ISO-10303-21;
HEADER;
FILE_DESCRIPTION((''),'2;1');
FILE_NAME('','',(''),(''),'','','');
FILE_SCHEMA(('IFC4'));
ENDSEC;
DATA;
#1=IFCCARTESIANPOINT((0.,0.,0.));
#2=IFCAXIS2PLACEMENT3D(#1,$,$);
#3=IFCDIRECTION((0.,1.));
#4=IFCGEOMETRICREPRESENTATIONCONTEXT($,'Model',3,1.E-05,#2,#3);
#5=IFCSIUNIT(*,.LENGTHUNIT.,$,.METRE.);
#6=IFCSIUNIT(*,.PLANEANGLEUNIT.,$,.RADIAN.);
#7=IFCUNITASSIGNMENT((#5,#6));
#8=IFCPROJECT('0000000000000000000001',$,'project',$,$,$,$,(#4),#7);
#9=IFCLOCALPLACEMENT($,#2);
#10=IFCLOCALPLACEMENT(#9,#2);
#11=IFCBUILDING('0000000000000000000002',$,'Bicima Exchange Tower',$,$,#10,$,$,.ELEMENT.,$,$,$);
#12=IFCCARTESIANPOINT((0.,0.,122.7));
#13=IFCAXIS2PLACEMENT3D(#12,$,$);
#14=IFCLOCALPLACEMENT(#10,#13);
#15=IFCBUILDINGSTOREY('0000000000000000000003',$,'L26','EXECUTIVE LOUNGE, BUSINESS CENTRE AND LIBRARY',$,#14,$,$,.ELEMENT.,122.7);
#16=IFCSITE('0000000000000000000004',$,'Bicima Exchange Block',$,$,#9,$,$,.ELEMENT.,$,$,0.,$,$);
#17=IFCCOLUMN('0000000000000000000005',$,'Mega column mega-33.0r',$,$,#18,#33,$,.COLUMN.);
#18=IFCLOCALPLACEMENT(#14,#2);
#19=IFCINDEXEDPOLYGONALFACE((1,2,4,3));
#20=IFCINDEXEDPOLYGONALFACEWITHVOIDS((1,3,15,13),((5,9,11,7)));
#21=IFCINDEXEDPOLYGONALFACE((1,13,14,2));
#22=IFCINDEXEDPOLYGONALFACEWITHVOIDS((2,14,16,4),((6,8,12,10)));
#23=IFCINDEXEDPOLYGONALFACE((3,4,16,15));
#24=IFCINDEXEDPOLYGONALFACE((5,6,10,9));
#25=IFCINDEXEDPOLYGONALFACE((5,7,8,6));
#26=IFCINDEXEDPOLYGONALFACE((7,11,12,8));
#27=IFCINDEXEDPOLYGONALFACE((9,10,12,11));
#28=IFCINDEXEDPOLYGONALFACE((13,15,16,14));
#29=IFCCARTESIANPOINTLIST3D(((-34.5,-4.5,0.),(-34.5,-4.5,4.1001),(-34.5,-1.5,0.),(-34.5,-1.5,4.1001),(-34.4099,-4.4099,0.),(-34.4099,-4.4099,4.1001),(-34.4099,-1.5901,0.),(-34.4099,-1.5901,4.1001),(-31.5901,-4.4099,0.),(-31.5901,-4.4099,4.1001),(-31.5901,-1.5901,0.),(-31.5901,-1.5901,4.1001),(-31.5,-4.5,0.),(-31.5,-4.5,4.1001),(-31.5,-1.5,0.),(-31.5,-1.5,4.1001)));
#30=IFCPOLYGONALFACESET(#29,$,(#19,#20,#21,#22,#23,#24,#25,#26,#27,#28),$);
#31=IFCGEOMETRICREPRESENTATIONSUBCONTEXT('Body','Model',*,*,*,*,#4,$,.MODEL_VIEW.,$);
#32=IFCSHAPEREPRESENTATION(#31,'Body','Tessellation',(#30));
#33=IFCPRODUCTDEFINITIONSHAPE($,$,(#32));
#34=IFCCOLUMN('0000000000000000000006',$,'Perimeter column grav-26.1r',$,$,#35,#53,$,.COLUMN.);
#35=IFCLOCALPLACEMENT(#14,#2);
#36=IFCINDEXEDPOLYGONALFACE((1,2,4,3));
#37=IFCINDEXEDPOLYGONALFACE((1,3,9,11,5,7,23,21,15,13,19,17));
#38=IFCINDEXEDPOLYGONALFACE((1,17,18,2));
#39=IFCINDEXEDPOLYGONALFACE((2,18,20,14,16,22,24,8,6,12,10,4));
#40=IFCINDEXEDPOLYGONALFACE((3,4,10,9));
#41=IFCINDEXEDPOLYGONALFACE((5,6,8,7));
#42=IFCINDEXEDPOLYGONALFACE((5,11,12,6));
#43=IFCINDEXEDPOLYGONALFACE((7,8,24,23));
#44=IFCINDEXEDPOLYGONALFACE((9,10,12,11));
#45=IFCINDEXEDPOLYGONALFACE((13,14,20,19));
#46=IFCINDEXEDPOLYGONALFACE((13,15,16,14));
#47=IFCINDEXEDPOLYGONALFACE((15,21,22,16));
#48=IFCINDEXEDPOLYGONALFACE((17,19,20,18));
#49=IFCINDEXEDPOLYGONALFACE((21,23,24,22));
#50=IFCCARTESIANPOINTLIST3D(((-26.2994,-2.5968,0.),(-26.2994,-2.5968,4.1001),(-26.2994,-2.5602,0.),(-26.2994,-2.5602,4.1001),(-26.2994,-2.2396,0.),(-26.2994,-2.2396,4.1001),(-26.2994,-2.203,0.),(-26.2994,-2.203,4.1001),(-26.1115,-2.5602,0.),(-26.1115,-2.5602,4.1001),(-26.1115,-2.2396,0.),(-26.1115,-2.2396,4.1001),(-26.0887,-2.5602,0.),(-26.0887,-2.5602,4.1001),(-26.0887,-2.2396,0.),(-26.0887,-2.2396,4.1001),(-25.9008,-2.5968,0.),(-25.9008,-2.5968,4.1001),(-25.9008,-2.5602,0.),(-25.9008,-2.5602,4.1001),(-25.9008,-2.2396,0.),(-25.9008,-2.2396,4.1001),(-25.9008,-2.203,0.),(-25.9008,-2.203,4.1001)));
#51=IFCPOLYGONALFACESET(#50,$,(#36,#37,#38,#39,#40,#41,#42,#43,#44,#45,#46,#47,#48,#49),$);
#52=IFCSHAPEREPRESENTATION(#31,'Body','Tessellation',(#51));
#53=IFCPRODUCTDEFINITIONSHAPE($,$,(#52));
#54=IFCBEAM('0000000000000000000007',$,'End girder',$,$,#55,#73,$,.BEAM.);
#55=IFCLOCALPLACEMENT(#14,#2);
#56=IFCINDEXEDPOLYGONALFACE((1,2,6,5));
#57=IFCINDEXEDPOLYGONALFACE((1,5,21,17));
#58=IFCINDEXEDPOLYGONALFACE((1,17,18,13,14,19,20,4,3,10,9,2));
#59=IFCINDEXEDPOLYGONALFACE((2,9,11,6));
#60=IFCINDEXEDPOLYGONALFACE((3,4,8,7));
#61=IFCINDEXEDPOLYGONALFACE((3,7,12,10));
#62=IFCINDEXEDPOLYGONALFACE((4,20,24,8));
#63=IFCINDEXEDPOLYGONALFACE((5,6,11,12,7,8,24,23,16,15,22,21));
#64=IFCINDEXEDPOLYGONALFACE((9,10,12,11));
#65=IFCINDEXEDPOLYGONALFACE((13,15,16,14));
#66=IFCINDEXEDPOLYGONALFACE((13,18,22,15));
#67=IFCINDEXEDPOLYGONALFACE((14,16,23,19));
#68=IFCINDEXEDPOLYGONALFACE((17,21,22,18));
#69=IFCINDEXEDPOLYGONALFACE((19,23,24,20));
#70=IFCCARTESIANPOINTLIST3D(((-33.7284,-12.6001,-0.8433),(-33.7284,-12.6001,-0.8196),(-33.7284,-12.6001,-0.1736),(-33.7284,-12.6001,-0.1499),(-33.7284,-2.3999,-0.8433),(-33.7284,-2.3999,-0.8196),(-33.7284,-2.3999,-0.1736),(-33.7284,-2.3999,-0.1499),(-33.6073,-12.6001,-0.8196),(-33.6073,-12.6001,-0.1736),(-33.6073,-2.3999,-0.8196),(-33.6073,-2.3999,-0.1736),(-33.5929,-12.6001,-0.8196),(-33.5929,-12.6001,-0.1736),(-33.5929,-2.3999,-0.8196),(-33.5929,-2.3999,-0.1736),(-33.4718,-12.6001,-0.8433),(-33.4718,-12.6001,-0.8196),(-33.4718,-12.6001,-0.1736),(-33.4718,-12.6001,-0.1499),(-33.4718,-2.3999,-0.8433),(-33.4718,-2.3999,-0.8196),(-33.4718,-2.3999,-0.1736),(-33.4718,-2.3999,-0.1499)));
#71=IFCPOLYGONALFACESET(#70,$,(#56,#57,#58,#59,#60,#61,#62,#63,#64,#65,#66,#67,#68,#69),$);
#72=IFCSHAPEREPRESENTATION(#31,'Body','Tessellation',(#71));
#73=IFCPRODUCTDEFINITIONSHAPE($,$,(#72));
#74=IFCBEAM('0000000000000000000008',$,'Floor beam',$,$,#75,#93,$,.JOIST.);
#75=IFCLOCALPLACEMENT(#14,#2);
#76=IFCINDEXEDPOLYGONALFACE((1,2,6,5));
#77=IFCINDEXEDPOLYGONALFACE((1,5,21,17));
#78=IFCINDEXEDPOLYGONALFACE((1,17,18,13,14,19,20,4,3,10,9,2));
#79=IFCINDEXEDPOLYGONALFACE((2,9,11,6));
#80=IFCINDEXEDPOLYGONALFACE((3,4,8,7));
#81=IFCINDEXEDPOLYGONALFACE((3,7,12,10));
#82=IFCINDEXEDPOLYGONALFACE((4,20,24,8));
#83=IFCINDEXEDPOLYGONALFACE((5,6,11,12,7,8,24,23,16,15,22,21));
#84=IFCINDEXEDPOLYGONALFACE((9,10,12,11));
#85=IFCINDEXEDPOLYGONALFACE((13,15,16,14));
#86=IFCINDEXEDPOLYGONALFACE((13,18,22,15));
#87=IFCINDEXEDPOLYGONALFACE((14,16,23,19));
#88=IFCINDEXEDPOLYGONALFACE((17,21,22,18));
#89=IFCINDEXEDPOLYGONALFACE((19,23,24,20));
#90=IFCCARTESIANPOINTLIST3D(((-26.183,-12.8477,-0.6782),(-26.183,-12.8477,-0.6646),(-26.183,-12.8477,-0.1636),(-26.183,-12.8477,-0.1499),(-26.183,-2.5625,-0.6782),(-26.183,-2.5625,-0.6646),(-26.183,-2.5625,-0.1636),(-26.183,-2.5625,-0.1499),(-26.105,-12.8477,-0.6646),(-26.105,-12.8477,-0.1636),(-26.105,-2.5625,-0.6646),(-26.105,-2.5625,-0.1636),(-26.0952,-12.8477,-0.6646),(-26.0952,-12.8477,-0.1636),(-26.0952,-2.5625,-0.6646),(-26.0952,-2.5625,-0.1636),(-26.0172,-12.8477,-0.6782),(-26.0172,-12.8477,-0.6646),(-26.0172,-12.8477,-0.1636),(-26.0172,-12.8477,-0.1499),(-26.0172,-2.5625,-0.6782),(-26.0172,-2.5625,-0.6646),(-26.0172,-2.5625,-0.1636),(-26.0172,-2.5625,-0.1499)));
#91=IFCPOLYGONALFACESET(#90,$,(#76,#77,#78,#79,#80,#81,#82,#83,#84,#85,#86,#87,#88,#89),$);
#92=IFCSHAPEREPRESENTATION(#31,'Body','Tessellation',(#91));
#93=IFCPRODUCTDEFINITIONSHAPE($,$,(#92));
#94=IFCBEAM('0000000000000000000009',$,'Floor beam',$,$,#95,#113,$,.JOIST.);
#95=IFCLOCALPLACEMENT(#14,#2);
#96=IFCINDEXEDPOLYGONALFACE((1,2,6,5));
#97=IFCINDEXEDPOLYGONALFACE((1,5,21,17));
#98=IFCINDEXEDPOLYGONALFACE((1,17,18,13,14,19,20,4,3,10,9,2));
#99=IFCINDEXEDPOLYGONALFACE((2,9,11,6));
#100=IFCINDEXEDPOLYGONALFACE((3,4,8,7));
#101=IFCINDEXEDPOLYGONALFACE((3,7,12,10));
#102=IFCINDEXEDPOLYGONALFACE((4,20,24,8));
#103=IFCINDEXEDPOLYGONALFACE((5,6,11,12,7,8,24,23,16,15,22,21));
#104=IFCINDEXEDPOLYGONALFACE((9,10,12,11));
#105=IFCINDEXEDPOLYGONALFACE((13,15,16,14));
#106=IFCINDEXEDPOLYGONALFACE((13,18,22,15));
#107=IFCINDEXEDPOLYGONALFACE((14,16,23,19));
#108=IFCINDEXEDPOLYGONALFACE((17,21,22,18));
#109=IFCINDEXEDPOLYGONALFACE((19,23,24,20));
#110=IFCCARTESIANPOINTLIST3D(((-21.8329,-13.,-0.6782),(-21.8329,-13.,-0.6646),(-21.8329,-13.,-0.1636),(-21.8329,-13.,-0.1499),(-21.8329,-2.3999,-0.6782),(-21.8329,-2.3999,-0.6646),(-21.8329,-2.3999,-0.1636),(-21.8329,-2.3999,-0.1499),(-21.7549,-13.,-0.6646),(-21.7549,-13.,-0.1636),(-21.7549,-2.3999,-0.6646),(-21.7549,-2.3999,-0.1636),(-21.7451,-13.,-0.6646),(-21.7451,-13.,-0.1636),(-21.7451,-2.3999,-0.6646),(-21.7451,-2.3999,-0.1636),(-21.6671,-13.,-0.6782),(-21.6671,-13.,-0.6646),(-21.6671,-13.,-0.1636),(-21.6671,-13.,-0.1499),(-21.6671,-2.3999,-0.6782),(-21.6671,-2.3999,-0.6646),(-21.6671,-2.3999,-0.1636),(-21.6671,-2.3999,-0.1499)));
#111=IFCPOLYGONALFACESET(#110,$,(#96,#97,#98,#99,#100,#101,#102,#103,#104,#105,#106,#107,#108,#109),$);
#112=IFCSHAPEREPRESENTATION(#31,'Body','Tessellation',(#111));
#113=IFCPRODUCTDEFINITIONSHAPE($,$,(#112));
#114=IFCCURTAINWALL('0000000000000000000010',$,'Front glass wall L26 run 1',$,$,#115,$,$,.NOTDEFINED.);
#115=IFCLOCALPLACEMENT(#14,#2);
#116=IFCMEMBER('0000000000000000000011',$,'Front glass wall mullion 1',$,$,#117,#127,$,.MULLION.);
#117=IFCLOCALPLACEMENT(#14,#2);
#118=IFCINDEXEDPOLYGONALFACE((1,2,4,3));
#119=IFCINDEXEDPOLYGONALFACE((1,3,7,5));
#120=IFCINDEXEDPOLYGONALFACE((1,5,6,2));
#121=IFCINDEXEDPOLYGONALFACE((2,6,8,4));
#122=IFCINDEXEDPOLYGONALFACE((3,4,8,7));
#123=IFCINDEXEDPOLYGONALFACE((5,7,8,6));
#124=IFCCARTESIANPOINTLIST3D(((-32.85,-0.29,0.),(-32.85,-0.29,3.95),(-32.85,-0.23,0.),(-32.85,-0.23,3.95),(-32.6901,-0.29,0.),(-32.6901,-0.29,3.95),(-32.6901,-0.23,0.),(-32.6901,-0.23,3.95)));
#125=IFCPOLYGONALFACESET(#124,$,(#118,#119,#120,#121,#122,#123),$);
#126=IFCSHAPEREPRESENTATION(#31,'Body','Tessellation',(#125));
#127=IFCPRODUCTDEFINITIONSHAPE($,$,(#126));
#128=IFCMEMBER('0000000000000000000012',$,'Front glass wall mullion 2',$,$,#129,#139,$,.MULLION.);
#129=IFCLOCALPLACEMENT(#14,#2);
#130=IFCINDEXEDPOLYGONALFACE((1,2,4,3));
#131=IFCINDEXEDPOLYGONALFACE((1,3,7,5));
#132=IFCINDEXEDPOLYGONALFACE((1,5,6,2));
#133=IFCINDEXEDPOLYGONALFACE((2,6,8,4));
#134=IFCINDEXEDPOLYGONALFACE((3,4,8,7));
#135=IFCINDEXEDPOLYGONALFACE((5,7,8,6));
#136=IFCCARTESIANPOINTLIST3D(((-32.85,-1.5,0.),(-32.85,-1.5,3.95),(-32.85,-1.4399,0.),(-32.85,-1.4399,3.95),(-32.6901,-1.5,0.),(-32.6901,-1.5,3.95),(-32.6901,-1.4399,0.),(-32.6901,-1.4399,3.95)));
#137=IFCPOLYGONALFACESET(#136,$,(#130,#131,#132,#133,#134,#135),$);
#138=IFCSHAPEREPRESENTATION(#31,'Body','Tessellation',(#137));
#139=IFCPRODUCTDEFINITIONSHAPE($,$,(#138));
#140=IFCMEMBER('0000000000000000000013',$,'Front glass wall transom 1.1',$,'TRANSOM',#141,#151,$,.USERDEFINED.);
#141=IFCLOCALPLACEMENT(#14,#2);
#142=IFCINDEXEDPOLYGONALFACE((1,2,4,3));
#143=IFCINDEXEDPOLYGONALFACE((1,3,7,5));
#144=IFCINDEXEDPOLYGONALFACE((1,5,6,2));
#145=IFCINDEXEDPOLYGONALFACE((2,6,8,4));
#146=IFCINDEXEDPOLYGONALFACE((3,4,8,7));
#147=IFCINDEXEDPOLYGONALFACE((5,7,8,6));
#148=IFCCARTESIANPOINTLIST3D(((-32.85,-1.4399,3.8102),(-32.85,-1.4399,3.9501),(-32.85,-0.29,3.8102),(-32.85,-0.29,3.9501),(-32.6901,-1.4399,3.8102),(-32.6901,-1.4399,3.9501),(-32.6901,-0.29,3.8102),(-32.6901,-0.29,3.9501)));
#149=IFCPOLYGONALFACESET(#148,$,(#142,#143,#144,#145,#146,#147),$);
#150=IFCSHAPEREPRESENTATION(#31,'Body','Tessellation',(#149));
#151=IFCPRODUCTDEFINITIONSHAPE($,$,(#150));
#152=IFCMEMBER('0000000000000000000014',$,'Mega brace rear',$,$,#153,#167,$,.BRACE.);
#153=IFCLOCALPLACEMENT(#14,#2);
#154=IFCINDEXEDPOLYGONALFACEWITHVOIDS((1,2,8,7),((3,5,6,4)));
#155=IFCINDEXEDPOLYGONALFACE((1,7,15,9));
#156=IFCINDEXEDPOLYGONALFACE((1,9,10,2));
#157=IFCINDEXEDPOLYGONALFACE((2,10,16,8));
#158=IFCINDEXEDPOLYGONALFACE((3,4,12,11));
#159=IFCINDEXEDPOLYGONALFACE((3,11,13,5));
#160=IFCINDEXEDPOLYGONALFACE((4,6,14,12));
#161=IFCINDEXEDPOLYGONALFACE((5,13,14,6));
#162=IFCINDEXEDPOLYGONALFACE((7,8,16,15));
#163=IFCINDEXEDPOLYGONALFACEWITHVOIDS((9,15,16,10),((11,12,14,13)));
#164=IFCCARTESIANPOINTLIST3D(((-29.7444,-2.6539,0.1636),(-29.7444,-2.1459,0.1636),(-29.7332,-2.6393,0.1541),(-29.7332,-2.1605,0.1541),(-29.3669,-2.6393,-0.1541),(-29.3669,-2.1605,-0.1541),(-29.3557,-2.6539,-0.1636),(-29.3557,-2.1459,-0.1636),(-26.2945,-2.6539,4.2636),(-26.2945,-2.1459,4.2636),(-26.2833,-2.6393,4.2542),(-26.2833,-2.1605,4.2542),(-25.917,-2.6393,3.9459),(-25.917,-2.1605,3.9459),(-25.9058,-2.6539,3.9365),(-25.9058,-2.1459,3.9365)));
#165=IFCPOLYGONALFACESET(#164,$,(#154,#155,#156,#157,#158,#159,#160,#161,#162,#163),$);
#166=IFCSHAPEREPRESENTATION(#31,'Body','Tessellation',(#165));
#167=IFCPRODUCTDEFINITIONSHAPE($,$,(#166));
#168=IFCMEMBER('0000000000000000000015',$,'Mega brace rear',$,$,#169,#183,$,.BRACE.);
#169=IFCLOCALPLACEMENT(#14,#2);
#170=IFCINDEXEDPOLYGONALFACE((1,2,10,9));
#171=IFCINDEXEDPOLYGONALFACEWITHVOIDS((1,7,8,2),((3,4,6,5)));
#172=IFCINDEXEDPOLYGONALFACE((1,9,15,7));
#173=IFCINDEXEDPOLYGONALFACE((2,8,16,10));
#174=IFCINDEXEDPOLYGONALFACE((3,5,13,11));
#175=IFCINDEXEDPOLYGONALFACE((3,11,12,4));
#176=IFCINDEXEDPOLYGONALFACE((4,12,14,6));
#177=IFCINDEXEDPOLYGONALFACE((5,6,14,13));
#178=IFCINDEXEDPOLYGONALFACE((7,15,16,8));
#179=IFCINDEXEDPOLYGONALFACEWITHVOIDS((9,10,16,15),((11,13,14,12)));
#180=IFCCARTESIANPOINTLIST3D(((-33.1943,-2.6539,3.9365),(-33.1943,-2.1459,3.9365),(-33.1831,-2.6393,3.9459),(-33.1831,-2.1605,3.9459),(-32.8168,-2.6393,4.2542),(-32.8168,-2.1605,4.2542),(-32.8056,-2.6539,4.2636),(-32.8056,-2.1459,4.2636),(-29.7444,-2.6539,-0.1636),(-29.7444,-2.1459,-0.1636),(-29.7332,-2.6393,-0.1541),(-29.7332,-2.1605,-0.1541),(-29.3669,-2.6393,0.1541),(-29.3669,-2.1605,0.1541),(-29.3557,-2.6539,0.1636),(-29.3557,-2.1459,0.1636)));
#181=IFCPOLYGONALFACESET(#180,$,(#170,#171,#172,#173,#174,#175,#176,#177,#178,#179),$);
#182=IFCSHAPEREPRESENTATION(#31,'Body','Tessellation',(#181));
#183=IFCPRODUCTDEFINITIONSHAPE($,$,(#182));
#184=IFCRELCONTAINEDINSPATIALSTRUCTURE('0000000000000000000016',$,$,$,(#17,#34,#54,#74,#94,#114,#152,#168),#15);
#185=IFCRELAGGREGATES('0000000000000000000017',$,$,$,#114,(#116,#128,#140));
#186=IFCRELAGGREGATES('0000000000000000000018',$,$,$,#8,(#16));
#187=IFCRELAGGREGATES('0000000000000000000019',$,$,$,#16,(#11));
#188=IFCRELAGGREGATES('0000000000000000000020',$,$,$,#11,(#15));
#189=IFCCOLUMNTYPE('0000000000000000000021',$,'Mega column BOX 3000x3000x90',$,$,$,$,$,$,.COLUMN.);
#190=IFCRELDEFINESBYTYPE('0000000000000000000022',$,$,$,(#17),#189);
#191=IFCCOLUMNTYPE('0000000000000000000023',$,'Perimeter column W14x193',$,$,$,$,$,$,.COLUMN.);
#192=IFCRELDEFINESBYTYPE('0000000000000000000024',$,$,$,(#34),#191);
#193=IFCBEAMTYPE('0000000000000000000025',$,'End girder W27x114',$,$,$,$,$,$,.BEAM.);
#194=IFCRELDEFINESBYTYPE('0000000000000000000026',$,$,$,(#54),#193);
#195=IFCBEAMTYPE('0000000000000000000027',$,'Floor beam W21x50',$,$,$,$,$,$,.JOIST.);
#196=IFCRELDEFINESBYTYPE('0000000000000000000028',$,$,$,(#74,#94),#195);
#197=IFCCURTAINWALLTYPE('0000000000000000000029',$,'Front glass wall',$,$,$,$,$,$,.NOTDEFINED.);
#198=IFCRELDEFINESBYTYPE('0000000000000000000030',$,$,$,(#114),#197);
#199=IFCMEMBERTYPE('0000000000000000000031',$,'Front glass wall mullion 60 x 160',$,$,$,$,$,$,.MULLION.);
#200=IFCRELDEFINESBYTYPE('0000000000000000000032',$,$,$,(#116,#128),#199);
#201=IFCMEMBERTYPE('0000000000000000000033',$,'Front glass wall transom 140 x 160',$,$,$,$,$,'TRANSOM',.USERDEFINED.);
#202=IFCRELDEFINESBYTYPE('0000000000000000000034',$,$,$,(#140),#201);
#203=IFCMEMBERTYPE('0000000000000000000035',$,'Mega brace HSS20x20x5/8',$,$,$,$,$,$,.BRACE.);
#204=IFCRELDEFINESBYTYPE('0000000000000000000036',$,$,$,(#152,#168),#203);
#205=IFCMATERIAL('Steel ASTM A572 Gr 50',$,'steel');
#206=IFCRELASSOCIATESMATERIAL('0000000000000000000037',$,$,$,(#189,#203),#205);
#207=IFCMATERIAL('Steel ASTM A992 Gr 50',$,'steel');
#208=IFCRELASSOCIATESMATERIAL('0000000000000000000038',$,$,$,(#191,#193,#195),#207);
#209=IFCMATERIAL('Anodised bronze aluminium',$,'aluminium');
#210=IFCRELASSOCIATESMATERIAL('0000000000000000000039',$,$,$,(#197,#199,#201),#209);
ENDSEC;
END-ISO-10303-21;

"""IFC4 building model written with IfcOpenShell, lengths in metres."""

from ifc_helpers import new_model, si_unit, direction, frame, origin, origin_2d, place, context, subcontext, project, spatial, rectangle, hollow_rectangle, i_section, extrude, material, material_profile, profile_set, type_object, element, aggregate, save


model = new_model("IFC4")

# Units and contexts
model_context = context("Model", 3, precision=1e-05, world=origin(), true_north=direction((0.0, 1.0)))
body_context = subcontext(model_context, "Body", "Model", "MODEL_VIEW")
ifc_project = project(units=[si_unit("LENGTHUNIT", "METRE"), si_unit("PLANEANGLEUNIT", "RADIAN")], contexts=[model_context])

# Site, building, storey
site_placement = place(None, origin())
site = spatial("IfcSite", under=ifc_project, at=site_placement, Name="Bicima Exchange Block", CompositionType="ELEMENT", RefElevation=0.0)
building_placement = place(site_placement, origin())
building = spatial("IfcBuilding", under=site, at=building_placement, Name="Bicima Exchange Tower", CompositionType="ELEMENT")
storey_placement = place(building_placement, frame((0.0, 0.0, 122.7)))
storey = spatial("IfcBuildingStorey", under=building, at=storey_placement, Name="L26", Description="EXECUTIVE LOUNGE, BUSINESS CENTRE AND LIBRARY", CompositionType="ELEMENT", Elevation=122.7)

# Columns
ifc_material_1 = material(Name="Steel ASTM A572 Gr 50", Category="steel")
ifc_material_profile_1 = material_profile(ifc_material_1, hollow_rectangle(XDim=3.0, YDim=3.0, WallThickness=0.0901, at=origin_2d()))
ifc_profile_set_1 = profile_set([ifc_material_profile_1], Name="Steel ASTM A572 Gr 50")
column_type_1 = type_object("IfcColumnType", Name="Mega column BOX 3000x3000x90", PredefinedType="COLUMN", material=ifc_profile_set_1)
column_1_placement = place(storey_placement, frame((-33.0, -3.0, 0.0), z_axis=(0.0, 0.0, 1.0), x_axis=(1.0, 0.0, 0.0)))
element("IfcColumn", 1, at=column_1_placement, inside=storey, type_object=column_type_1, Name="Mega column mega-33.0r", PredefinedType="COLUMN", context=body_context, shape_type="SweptSolid", body=[
    extrude(hollow_rectangle(XDim=3.0, YDim=3.0, WallThickness=0.0901, at=origin_2d()), origin(), (0.0, 0.0, 1.0), 4.1001),
])
ifc_material_2 = material(Name="Steel ASTM A992 Gr 50", Category="steel")
ifc_material_profile_2 = material_profile(ifc_material_2, i_section(OverallWidth=0.3987, OverallDepth=0.3938, WebThickness=0.0227, FlangeThickness=0.0366, at=origin_2d()))
ifc_profile_set_2 = profile_set([ifc_material_profile_2], Name="Steel ASTM A992 Gr 50")
column_type_2 = type_object("IfcColumnType", Name="Perimeter column W14x193", PredefinedType="COLUMN", material=ifc_profile_set_2)
column_2_placement = place(storey_placement, frame((-26.1001, -2.3999, 0.0), z_axis=(0.0, 0.0, 1.0), x_axis=(1.0, 0.0, 0.0)))
element("IfcColumn", 2, at=column_2_placement, inside=storey, type_object=column_type_2, Name="Perimeter column grav-26.1r", PredefinedType="COLUMN", context=body_context, shape_type="SweptSolid", body=[
    extrude(i_section(OverallWidth=0.3987, OverallDepth=0.3938, WebThickness=0.0227, FlangeThickness=0.0366, at=origin_2d()), origin(), (0.0, 0.0, 1.0), 4.1001),
])

# Beams
ifc_material_profile_3 = material_profile(ifc_material_2, i_section(OverallWidth=0.2566, OverallDepth=0.6934, WebThickness=0.0144, FlangeThickness=0.0237, at=origin_2d()))
ifc_profile_set_3 = profile_set([ifc_material_profile_3], Name="Steel ASTM A992 Gr 50")
beam_type_1 = type_object("IfcBeamType", Name="End girder W27x114", PredefinedType="BEAM", material=ifc_profile_set_3)
beam_1_placement = place(storey_placement, frame((-33.6001, -2.3999, -0.4966), z_axis=(0.0, -1.0, 0.0), x_axis=(1.0, 0.0, 0.0)))
element("IfcBeam", 3, at=beam_1_placement, inside=storey, type_object=beam_type_1, Name="End girder", PredefinedType="BEAM", context=body_context, shape_type="SweptSolid", body=[
    extrude(i_section(OverallWidth=0.2566, OverallDepth=0.6934, WebThickness=0.0144, FlangeThickness=0.0237, at=origin_2d()), origin(), (0.0, 0.0, 1.0), 10.2002),
])
ifc_material_profile_4 = material_profile(ifc_material_2, i_section(OverallWidth=0.1658, OverallDepth=0.5283, WebThickness=0.0098, FlangeThickness=0.0137, at=origin_2d()))
ifc_profile_set_4 = profile_set([ifc_material_profile_4], Name="Steel ASTM A992 Gr 50")
beam_type_2 = type_object("IfcBeamType", Name="Floor beam W21x50", PredefinedType="JOIST", material=ifc_profile_set_4)
beam_2_placement = place(storey_placement, frame((-26.1001, -2.5625, -0.4141), z_axis=(0.0, -1.0, 0.0), x_axis=(1.0, 0.0, 0.0)))
element("IfcBeam", 4, at=beam_2_placement, inside=storey, type_object=beam_type_2, Name="Floor beam", PredefinedType="JOIST", context=body_context, shape_type="SweptSolid", body=[
    extrude(i_section(OverallWidth=0.1658, OverallDepth=0.5283, WebThickness=0.0098, FlangeThickness=0.0137, at=origin_2d()), origin(), (0.0, 0.0, 1.0), 10.2852),
])
beam_3_placement = place(storey_placement, frame((-21.75, -2.3999, -0.4141), z_axis=(0.0, -1.0, 0.0), x_axis=(1.0, 0.0, 0.0)))
element("IfcBeam", 5, at=beam_3_placement, inside=storey, type_object=beam_type_2, Name="Floor beam", PredefinedType="JOIST", context=body_context, shape_type="SweptSolid", body=[
    extrude(i_section(OverallWidth=0.1658, OverallDepth=0.5283, WebThickness=0.0098, FlangeThickness=0.0137, at=origin_2d()), origin(), (0.0, 0.0, 1.0), 10.6001),
])

# Curtain wall, members
ifc_material_3 = material(Name="Anodised bronze aluminium", Category="aluminium")
curtain_wall_type = type_object("IfcCurtainWallType", Name="Front glass wall", PredefinedType="NOTDEFINED", material=ifc_material_3)
curtain_wall_placement = place(storey_placement, origin())
curtain_wall = element("IfcCurtainWall", 6, at=curtain_wall_placement, inside=storey, type_object=curtain_wall_type, Name="Front glass wall L26 run 1", PredefinedType="NOTDEFINED")
ifc_material_profile_5 = material_profile(ifc_material_3, rectangle(XDim=0.1599, YDim=0.0601, at=origin_2d()))
ifc_profile_set_5 = profile_set([ifc_material_profile_5], Name="Anodised bronze aluminium")
member_type_1 = type_object("IfcMemberType", Name="Front glass wall mullion 60 x 160", PredefinedType="MULLION", material=ifc_profile_set_5)
member_1_placement = place(storey_placement, frame((-32.77, -0.26, 0.0), z_axis=(0.0, 0.0, 1.0), x_axis=(1.0, 0.0, 0.0)))
member_1 = element("IfcMember", 7, at=member_1_placement, type_object=member_type_1, Name="Front glass wall mullion 1", PredefinedType="MULLION", context=body_context, shape_type="SweptSolid", body=[
    extrude(rectangle(XDim=0.1599, YDim=0.0601, at=origin_2d()), origin(), (0.0, 0.0, 1.0), 3.95),
])
member_2_placement = place(storey_placement, frame((-32.77, -1.47, 0.0), z_axis=(0.0, 0.0, 1.0), x_axis=(1.0, 0.0, 0.0)))
member_2 = element("IfcMember", 8, at=member_2_placement, type_object=member_type_1, Name="Front glass wall mullion 2", PredefinedType="MULLION", context=body_context, shape_type="SweptSolid", body=[
    extrude(rectangle(XDim=0.1599, YDim=0.0601, at=origin_2d()), origin(), (0.0, 0.0, 1.0), 3.95),
])
ifc_material_profile_6 = material_profile(ifc_material_3, rectangle(XDim=0.1599, YDim=0.1399, at=origin_2d()))
ifc_profile_set_6 = profile_set([ifc_material_profile_6], Name="Anodised bronze aluminium")
member_type_2 = type_object("IfcMemberType", Name="Front glass wall transom 140 x 160", ElementType="TRANSOM", PredefinedType="USERDEFINED", material=ifc_profile_set_6)
member_3_placement = place(storey_placement, frame((-32.77, -0.29, 3.8801), z_axis=(0.0, -1.0, 0.0), x_axis=(1.0, 0.0, 0.0)))
member_3 = element("IfcMember", 9, at=member_3_placement, type_object=member_type_2, Name="Front glass wall transom 1.1", ObjectType="TRANSOM", PredefinedType="USERDEFINED", context=body_context, shape_type="SweptSolid", body=[
    extrude(rectangle(XDim=0.1599, YDim=0.1399, at=origin_2d()), origin(), (0.0, 0.0, 1.0), 1.1499),
])

# Members
ifc_material_profile_7 = material_profile(ifc_material_1, hollow_rectangle(XDim=0.5081, YDim=0.5081, WallThickness=0.0146, at=origin_2d()))
ifc_profile_set_7 = profile_set([ifc_material_profile_7], Name="Steel ASTM A572 Gr 50")
member_type_3 = type_object("IfcMemberType", Name="Mega brace HSS20x20x5/8", PredefinedType="BRACE", material=ifc_profile_set_7)
for number, where, z_axis, x_axis, name in (
    (10, (-29.55, -2.3999, 0.0), (0.643834, 0.0, 0.765165), (0.0, 1.0, 0.0), "Mega brace rear"),
    (11, (-29.55, -2.3999, 0.0), (-0.643834, 0.0, 0.765165), (0.0, -1.0, 0.0), "Mega brace rear"),
):
    element("IfcMember", number, at=place(storey_placement, frame(where, z_axis=z_axis, x_axis=x_axis)), inside=storey, type_object=member_type_3, Name=name, PredefinedType="BRACE", context=body_context, shape_type="SweptSolid", body=[
        extrude(hollow_rectangle(XDim=0.5081, YDim=0.5081, WallThickness=0.0146, at=origin_2d()), origin(), (0.0, 0.0, 1.0), 5.3584),
    ])

aggregate(curtain_wall, [member_1, member_2, member_3])

save(model, "model.ifc")
